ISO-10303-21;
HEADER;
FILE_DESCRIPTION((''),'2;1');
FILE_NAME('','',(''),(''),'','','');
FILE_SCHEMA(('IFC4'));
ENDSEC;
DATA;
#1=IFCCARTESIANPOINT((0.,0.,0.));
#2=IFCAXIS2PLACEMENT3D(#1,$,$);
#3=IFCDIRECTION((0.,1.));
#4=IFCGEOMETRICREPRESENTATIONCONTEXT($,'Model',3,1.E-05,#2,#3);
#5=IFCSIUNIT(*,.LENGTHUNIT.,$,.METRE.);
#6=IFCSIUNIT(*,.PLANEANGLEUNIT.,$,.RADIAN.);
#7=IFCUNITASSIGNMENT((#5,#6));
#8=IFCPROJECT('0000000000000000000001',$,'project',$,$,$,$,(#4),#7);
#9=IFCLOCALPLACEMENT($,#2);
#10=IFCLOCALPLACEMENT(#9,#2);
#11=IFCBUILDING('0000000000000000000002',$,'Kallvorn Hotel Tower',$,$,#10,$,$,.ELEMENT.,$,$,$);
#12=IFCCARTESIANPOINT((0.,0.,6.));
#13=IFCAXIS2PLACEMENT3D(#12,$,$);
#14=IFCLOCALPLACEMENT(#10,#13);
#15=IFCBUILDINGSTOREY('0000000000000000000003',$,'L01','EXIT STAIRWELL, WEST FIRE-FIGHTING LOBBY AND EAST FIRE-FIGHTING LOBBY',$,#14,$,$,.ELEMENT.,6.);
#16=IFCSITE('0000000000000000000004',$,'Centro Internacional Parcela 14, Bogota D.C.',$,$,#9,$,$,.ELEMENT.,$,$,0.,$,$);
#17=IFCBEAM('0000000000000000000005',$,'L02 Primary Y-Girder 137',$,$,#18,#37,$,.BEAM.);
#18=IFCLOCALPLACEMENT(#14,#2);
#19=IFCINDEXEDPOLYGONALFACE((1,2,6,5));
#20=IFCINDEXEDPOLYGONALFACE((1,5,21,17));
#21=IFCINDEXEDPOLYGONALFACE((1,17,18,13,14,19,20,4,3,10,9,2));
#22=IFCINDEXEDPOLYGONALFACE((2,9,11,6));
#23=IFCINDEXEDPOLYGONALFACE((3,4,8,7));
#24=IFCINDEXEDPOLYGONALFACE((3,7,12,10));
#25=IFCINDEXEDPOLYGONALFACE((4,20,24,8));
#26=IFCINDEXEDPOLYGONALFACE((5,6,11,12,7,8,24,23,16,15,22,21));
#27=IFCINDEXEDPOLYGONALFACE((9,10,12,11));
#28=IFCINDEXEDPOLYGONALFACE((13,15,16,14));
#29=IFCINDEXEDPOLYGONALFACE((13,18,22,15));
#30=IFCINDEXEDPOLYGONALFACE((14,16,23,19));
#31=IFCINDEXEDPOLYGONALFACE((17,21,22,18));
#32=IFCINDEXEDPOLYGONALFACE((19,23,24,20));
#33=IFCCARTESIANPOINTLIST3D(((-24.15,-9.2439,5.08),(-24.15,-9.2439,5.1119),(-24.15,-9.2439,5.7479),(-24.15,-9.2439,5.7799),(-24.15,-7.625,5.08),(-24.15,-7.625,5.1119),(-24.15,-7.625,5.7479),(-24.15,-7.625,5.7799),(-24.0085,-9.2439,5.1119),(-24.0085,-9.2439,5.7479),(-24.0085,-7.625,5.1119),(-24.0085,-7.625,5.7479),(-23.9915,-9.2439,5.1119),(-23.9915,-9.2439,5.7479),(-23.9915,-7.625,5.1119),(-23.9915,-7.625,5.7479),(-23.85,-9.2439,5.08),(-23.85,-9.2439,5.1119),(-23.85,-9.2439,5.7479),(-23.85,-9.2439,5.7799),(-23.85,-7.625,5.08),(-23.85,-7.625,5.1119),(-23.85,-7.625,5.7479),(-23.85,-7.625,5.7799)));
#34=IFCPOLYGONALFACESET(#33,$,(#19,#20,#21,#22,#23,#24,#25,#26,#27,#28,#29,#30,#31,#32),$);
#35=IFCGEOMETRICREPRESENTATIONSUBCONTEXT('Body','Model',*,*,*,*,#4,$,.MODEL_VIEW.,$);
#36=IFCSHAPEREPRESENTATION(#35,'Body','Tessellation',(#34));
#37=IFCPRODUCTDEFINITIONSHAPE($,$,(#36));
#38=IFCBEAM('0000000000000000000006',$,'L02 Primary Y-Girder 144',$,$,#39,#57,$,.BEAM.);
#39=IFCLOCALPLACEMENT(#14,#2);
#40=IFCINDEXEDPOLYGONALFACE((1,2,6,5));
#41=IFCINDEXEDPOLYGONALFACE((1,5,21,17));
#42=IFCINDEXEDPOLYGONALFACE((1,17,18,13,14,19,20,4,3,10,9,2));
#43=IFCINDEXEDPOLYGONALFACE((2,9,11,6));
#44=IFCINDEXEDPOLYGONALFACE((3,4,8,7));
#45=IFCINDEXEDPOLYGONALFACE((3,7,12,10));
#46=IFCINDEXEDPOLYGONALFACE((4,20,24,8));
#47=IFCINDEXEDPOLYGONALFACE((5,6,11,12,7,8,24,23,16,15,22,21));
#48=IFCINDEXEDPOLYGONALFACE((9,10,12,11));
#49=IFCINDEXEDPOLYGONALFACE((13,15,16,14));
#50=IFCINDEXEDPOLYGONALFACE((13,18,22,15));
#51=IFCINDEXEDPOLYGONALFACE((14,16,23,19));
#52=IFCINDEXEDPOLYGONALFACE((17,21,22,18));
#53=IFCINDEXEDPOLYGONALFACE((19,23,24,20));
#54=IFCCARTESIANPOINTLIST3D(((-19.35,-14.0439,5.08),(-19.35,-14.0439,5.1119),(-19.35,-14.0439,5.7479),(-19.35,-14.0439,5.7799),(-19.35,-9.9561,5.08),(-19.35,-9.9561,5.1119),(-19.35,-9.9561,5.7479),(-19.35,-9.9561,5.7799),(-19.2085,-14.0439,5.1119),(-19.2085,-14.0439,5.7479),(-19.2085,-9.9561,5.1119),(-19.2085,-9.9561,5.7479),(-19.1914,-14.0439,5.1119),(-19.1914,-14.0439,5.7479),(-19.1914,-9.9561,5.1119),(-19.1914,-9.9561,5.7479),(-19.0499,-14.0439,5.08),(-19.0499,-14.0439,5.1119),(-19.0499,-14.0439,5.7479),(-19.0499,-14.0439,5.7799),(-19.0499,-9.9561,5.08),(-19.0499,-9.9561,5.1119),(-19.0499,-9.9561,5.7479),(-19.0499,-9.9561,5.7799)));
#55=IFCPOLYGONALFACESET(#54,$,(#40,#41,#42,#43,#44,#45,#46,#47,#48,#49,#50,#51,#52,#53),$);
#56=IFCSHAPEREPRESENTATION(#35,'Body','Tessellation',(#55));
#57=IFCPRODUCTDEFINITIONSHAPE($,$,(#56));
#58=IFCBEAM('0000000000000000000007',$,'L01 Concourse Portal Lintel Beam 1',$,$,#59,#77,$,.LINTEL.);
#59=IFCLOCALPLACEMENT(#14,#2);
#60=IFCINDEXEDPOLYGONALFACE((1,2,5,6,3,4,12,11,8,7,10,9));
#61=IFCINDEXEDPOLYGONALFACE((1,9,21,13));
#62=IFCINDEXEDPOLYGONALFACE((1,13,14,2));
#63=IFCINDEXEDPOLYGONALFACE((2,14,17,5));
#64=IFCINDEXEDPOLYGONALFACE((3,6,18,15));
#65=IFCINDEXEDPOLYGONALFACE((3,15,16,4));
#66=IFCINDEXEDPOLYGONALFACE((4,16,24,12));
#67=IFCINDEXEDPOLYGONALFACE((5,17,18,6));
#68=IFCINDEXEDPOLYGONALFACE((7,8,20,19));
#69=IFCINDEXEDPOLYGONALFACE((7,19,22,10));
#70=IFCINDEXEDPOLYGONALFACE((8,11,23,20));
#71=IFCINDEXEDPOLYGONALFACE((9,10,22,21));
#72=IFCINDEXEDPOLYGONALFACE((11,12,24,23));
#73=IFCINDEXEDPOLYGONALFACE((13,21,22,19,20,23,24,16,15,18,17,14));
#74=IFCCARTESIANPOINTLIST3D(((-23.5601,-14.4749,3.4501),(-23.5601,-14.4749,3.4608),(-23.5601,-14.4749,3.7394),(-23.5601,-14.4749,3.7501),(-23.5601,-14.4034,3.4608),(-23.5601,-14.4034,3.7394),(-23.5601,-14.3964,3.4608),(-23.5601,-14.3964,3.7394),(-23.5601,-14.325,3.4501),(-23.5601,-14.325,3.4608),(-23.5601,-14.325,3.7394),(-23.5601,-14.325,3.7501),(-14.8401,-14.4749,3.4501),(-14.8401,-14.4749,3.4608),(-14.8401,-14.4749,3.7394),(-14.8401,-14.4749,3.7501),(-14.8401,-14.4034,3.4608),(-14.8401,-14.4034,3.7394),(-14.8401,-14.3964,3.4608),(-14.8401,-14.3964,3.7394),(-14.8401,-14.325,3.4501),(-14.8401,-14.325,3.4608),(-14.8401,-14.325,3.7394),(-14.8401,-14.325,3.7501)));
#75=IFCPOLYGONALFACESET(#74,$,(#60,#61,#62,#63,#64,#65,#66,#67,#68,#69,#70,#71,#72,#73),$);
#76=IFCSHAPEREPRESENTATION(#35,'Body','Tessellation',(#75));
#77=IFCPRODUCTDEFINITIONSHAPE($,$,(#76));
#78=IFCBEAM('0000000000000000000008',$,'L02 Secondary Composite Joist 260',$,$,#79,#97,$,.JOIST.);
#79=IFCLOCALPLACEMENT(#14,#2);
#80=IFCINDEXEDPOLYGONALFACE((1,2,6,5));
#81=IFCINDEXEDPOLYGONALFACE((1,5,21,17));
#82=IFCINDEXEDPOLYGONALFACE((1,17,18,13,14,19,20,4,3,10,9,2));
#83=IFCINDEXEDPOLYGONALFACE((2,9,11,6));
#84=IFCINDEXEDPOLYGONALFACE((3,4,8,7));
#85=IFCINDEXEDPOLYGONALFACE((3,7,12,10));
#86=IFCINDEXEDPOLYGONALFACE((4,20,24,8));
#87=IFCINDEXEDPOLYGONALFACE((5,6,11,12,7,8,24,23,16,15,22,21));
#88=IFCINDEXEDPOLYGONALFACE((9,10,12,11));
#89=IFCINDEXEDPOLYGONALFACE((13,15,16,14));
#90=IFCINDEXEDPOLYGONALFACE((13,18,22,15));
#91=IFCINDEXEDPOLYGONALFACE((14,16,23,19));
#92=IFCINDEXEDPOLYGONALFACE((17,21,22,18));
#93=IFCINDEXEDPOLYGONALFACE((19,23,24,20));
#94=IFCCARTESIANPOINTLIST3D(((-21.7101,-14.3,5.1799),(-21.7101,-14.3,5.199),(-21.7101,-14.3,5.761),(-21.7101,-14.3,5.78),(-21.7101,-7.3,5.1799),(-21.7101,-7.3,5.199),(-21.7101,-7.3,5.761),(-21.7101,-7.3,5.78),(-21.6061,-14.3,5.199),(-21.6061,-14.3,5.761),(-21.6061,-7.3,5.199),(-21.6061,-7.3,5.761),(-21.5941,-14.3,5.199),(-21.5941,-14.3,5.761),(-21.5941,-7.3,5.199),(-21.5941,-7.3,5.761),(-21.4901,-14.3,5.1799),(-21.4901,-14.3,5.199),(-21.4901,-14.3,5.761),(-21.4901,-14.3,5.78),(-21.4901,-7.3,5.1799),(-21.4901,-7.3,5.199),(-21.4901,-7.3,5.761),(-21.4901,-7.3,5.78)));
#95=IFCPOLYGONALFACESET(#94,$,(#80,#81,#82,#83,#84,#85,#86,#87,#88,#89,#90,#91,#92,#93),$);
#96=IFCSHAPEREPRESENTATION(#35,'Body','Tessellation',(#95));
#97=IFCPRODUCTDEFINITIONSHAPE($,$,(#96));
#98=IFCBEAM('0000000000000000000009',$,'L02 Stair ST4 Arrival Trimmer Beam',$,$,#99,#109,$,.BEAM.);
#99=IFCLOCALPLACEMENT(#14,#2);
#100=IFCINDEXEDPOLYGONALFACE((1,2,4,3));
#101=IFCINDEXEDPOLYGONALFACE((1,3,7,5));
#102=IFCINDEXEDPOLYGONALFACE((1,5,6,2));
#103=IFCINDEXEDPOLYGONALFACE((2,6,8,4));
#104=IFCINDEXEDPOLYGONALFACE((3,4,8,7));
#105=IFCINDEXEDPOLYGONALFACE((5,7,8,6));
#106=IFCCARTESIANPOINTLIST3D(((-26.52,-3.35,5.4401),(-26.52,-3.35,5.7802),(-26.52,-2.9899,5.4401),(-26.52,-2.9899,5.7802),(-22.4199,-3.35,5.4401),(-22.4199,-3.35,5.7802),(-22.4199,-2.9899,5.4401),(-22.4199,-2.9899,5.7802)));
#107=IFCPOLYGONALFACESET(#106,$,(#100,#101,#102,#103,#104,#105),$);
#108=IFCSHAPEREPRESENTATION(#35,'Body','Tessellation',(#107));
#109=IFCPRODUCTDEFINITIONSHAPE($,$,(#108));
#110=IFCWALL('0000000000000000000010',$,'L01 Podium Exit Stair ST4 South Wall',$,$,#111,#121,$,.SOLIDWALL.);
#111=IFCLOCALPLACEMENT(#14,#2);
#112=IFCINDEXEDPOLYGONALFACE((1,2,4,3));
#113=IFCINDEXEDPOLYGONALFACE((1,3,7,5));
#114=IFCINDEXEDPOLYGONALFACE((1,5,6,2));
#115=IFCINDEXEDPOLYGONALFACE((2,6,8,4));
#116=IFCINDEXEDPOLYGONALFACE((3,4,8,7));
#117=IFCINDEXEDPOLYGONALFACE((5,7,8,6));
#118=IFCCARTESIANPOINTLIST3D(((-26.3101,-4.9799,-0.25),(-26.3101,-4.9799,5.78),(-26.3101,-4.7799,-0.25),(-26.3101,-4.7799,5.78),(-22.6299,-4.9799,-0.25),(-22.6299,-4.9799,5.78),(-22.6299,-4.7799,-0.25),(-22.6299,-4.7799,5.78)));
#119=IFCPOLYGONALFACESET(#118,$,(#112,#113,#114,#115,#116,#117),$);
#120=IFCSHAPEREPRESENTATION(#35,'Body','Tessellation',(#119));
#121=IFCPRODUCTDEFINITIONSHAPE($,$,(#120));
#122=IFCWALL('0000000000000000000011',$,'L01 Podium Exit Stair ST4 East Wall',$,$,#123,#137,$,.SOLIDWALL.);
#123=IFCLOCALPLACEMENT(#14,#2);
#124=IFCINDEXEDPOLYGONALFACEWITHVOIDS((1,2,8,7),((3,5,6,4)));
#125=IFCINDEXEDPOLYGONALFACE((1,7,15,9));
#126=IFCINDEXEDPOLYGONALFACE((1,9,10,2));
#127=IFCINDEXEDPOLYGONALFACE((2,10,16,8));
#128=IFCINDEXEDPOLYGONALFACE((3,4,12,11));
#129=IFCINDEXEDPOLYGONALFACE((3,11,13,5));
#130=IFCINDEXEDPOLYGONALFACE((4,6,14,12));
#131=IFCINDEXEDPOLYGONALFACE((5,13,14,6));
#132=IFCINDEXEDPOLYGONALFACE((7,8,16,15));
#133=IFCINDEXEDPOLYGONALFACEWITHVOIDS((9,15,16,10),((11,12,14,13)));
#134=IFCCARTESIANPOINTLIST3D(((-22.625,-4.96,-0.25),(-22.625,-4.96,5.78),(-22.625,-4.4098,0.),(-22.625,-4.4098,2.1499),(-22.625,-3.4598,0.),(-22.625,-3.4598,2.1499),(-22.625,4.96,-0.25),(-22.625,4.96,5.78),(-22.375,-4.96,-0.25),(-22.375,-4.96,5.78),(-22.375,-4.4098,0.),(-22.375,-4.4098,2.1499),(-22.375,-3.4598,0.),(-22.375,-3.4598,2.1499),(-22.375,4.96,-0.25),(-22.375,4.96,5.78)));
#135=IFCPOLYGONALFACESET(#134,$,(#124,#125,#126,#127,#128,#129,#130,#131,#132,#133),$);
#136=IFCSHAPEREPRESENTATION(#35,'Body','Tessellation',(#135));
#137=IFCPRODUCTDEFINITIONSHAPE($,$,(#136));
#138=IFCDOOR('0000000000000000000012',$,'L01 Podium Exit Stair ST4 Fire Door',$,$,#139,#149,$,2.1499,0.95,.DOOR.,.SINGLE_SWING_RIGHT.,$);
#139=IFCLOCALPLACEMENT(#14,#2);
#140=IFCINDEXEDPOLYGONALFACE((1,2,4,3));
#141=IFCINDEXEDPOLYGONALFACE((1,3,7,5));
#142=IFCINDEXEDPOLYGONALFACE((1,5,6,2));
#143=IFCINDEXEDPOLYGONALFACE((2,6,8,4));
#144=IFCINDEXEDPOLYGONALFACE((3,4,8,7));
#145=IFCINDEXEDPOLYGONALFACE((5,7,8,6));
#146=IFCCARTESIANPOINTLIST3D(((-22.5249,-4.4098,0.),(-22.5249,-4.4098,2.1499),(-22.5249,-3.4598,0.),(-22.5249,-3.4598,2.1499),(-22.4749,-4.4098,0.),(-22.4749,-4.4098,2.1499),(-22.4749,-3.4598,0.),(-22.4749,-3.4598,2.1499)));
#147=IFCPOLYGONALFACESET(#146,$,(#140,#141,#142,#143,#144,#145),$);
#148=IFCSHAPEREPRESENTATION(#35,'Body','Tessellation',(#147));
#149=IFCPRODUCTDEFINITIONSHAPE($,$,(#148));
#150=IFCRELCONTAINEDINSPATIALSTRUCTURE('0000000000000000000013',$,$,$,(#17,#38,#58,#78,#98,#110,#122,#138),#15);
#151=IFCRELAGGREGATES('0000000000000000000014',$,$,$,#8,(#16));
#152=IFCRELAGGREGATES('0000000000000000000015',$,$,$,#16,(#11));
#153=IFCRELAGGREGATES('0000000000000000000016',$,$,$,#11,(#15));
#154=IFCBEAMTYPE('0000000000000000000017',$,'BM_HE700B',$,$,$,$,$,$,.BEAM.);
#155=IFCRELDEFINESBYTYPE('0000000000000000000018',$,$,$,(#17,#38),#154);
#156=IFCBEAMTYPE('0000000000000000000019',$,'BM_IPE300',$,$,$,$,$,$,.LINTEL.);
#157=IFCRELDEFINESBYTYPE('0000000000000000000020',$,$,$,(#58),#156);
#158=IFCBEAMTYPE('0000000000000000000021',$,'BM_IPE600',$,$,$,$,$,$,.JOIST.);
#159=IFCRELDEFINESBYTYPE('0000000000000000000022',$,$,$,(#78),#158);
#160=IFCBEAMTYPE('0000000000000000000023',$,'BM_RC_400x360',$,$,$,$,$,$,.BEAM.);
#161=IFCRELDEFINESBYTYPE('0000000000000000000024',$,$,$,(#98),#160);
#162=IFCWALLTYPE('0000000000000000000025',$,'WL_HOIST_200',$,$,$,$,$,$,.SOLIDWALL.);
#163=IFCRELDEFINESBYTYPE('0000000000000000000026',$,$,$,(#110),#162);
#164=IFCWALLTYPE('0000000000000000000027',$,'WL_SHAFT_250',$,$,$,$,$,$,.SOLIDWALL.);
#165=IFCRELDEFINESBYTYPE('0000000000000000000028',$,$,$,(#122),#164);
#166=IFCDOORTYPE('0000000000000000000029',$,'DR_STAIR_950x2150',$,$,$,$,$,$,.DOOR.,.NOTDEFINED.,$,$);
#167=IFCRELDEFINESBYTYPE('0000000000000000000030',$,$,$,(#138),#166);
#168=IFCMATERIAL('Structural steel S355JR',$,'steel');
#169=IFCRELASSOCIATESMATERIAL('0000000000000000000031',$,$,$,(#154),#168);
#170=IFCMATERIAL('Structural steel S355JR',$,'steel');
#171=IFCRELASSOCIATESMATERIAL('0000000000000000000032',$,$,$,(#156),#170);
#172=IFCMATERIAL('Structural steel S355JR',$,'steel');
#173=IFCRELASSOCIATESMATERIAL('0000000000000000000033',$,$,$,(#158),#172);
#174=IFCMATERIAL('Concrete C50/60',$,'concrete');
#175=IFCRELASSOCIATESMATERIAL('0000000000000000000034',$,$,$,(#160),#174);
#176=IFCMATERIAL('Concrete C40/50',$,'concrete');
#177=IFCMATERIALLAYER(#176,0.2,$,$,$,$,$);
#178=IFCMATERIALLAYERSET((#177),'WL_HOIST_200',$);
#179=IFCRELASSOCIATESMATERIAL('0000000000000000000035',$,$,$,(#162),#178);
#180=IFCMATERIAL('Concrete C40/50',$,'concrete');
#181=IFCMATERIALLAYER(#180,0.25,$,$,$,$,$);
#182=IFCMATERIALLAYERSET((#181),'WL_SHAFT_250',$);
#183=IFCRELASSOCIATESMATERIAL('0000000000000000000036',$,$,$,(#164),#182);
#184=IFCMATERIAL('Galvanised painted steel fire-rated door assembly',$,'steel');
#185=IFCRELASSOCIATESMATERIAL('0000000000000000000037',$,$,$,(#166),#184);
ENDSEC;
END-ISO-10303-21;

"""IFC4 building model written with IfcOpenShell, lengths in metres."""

from ifc_helpers import new_model, si_unit, direction, frame, frame_2d, origin, origin_2d, place, context, subcontext, project, spatial, rectangle, i_section, extrude, material, layer, layer_set, material_profile, profile_set, type_object, element, fill, save


model = new_model("IFC4")

# Units and contexts
model_context = context("Model", 3, precision=1e-05, world=origin(), true_north=direction((0.0, 1.0)))
body_context = subcontext(model_context, "Body", "Model", "MODEL_VIEW")
ifc_project = project(units=[si_unit("LENGTHUNIT", "METRE"), si_unit("PLANEANGLEUNIT", "RADIAN")], contexts=[model_context])

# Site, building, storey
site_placement = place(None, origin())
site = spatial("IfcSite", under=ifc_project, at=site_placement, Name="Centro Internacional Parcela 14, Bogota D.C.", CompositionType="ELEMENT", RefElevation=0.0)
building_placement = place(site_placement, origin())
building = spatial("IfcBuilding", under=site, at=building_placement, Name="Kallvorn Hotel Tower", CompositionType="ELEMENT")
storey_placement = place(building_placement, frame((0.0, 0.0, 6.0)))
storey = spatial("IfcBuildingStorey", under=building, at=storey_placement, Name="L01", Description="EXIT STAIRWELL, WEST FIRE-FIGHTING LOBBY AND EAST FIRE-FIGHTING LOBBY", CompositionType="ELEMENT", Elevation=6.0)

# Beams
ifc_material_1 = material(Name="Structural steel S355JR", Category="steel")
ifc_material_profile_1 = material_profile(ifc_material_1, i_section(OverallWidth=0.3, OverallDepth=0.7, WebThickness=0.0171, FlangeThickness=0.032, at=origin_2d()), Name="HE 700 B")
ifc_profile_set_1 = profile_set([ifc_material_profile_1], Name="Structural steel S355JR")
beam_type_1 = type_object("IfcBeamType", Name="BM_HE700B", PredefinedType="BEAM", material=ifc_profile_set_1)
beam_1_placement = place(storey_placement, frame((-24.0, -9.2439, 5.4299), z_axis=(0.0, 1.0, 0.0), x_axis=(-1.0, 0.0, 0.0)))
element("IfcBeam", 1, at=beam_1_placement, inside=storey, type_object=beam_type_1, Name="L02 Primary Y-Girder 137", PredefinedType="BEAM", context=body_context, shape_type="SweptSolid", body=[
    extrude(i_section(OverallWidth=0.3, OverallDepth=0.7, WebThickness=0.0171, FlangeThickness=0.032, at=origin_2d()), origin(), (0.0, 0.0, 1.0), 1.6189),
])
beam_2_placement = place(storey_placement, frame((-19.2, -14.0439, 5.4299), z_axis=(0.0, 1.0, 0.0), x_axis=(-1.0, 0.0, 0.0)))
element("IfcBeam", 2, at=beam_2_placement, inside=storey, type_object=beam_type_1, Name="L02 Primary Y-Girder 144", PredefinedType="BEAM", context=body_context, shape_type="SweptSolid", body=[
    extrude(i_section(OverallWidth=0.3, OverallDepth=0.7, WebThickness=0.0171, FlangeThickness=0.032, at=origin_2d()), origin(), (0.0, 0.0, 1.0), 4.0879),
])
ifc_material_2 = material(Name="Structural steel S355JR", Category="steel")
ifc_material_profile_2 = material_profile(ifc_material_2, i_section(OverallWidth=0.1499, OverallDepth=0.3, WebThickness=0.0071, FlangeThickness=0.0107, at=origin_2d()), Name="IPE 300")
ifc_profile_set_2 = profile_set([ifc_material_profile_2], Name="Structural steel S355JR")
beam_type_2 = type_object("IfcBeamType", Name="BM_IPE300", PredefinedType="LINTEL", material=ifc_profile_set_2)
beam_3_placement = place(storey_placement, frame((-23.5601, -14.3999, 3.6001), z_axis=(1.0, 0.0, 0.0), x_axis=(0.0, 1.0, 0.0)))
element("IfcBeam", 3, at=beam_3_placement, inside=storey, type_object=beam_type_2, Name="L01 Concourse Portal Lintel Beam 1", PredefinedType="LINTEL", context=body_context, shape_type="SweptSolid", body=[
    extrude(i_section(OverallWidth=0.1499, OverallDepth=0.3, WebThickness=0.0071, FlangeThickness=0.0107, at=origin_2d()), origin(), (0.0, 0.0, 1.0), 8.72),
])
ifc_material_3 = material(Name="Structural steel S355JR", Category="steel")
ifc_material_profile_3 = material_profile(ifc_material_3, i_section(OverallWidth=0.22, OverallDepth=0.6001, WebThickness=0.012, FlangeThickness=0.019, at=origin_2d()), Name="IPE 600")
ifc_profile_set_3 = profile_set([ifc_material_profile_3], Name="Structural steel S355JR")
beam_type_3 = type_object("IfcBeamType", Name="BM_IPE600", PredefinedType="JOIST", material=ifc_profile_set_3)
beam_4_placement = place(storey_placement, frame((-21.6001, -14.3, 5.48), z_axis=(0.0, 1.0, 0.0), x_axis=(-1.0, 0.0, 0.0)))
element("IfcBeam", 4, at=beam_4_placement, inside=storey, type_object=beam_type_3, Name="L02 Secondary Composite Joist 260", PredefinedType="JOIST", context=body_context, shape_type="SweptSolid", body=[
    extrude(i_section(OverallWidth=0.22, OverallDepth=0.6001, WebThickness=0.012, FlangeThickness=0.019, at=origin_2d()), origin(), (0.0, 0.0, 1.0), 7.0),
])
ifc_material_4 = material(Name="Concrete C50/60", Category="concrete")
ifc_material_profile_4 = material_profile(ifc_material_4, rectangle(XDim=0.3601, YDim=0.3401, at=origin_2d()), Name="RC 360x340")
ifc_profile_set_4 = profile_set([ifc_material_profile_4], Name="Concrete C50/60")
beam_type_4 = type_object("IfcBeamType", Name="BM_RC_400x360", PredefinedType="BEAM", material=ifc_profile_set_4)
beam_5_placement = place(storey_placement, frame((-22.4199, -3.1699, 5.6101), z_axis=(-1.0, 0.0, 0.0), x_axis=(0.0, -1.0, 0.0)))
element("IfcBeam", 5, at=beam_5_placement, inside=storey, type_object=beam_type_4, Name="L02 Stair ST4 Arrival Trimmer Beam", PredefinedType="BEAM", context=body_context, shape_type="SweptSolid", body=[
    extrude(rectangle(XDim=0.3601, YDim=0.3401, at=origin_2d()), origin(), (0.0, 0.0, 1.0), 4.1001),
])

# Wall
ifc_material_5 = material(Name="Concrete C40/50", Category="concrete")
ifc_layer_1 = layer(ifc_material_5, 0.2)
ifc_layer_set_1 = layer_set([ifc_layer_1], Name="WL_HOIST_200")
wall_type_1 = type_object("IfcWallType", Name="WL_HOIST_200", PredefinedType="SOLIDWALL", material=ifc_layer_set_1)
wall_1_placement = place(storey_placement, frame((-26.3101, -4.8799, -0.25), z_axis=(0.0, 0.0, 1.0), x_axis=(1.0, 0.0, 0.0)))
element("IfcWall", 6, at=wall_1_placement, inside=storey, type_object=wall_type_1, Name="L01 Podium Exit Stair ST4 South Wall", PredefinedType="SOLIDWALL", context=body_context, shape_type="SweptSolid", body=[
    extrude(rectangle(XDim=3.6802, YDim=0.2, at=frame_2d((1.8401, 0.0))), origin(), (0.0, 0.0, 1.0), 6.03),
])

# Wall, opening, door
ifc_material_6 = material(Name="Concrete C40/50", Category="concrete")
ifc_layer_2 = layer(ifc_material_6, 0.25)
ifc_layer_set_2 = layer_set([ifc_layer_2], Name="WL_SHAFT_250")
wall_type_2 = type_object("IfcWallType", Name="WL_SHAFT_250", PredefinedType="SOLIDWALL", material=ifc_layer_set_2)
wall_2_placement = place(storey_placement, frame((-22.5, -4.96, -0.25), z_axis=(0.0, 0.0, 1.0), x_axis=(0.0, 1.0, 0.0)))
wall_2 = element("IfcWall", 7, at=wall_2_placement, inside=storey, type_object=wall_type_2, Name="L01 Podium Exit Stair ST4 East Wall", PredefinedType="SOLIDWALL", context=body_context, shape_type="SweptSolid", body=[
    extrude(rectangle(XDim=9.9199, YDim=0.25, at=frame_2d((4.96, 0.0))), origin(), (0.0, 0.0, 1.0), 6.03),
])
opening_placement = place(wall_2_placement, frame((0.55, 0.0, 0.25)))
opening = element("IfcOpeningElement", 8, at=opening_placement, cuts=wall_2, PredefinedType="OPENING", context=body_context, shape_type="SweptSolid", body=[
    extrude(rectangle(XDim=0.95, YDim=2.1499, at=frame_2d((0.4751, 1.075))), frame((0.0, 0.1399, 0.0), z_axis=(0.0, -1.0, 0.0), x_axis=(1.0, 0.0, 0.0)), (0.0, 0.0, 1.0), 0.28),
])
ifc_material_7 = material(Name="Galvanised painted steel fire-rated door assembly", Category="steel")
door_type = type_object("IfcDoorType", Name="DR_STAIR_950x2150", OperationType="NOTDEFINED", PredefinedType="DOOR", material=ifc_material_7)
door_placement = place(opening_placement, origin())
door = element("IfcDoor", 9, at=door_placement, inside=storey, type_object=door_type, Name="L01 Podium Exit Stair ST4 Fire Door", OperationType="SINGLE_SWING_RIGHT", OverallHeight=2.1499, OverallWidth=0.95, PredefinedType="DOOR", context=body_context, shape_type="SweptSolid", body=[
    extrude(rectangle(XDim=0.95, YDim=2.1499, at=frame_2d((0.4751, 1.075))), frame((0.0, 0.0249, 0.0), z_axis=(0.0, -1.0, 0.0), x_axis=(1.0, 0.0, 0.0)), (0.0, 0.0, 1.0), 0.05),
])
fill(opening, door)

save(model, "model.ifc")
